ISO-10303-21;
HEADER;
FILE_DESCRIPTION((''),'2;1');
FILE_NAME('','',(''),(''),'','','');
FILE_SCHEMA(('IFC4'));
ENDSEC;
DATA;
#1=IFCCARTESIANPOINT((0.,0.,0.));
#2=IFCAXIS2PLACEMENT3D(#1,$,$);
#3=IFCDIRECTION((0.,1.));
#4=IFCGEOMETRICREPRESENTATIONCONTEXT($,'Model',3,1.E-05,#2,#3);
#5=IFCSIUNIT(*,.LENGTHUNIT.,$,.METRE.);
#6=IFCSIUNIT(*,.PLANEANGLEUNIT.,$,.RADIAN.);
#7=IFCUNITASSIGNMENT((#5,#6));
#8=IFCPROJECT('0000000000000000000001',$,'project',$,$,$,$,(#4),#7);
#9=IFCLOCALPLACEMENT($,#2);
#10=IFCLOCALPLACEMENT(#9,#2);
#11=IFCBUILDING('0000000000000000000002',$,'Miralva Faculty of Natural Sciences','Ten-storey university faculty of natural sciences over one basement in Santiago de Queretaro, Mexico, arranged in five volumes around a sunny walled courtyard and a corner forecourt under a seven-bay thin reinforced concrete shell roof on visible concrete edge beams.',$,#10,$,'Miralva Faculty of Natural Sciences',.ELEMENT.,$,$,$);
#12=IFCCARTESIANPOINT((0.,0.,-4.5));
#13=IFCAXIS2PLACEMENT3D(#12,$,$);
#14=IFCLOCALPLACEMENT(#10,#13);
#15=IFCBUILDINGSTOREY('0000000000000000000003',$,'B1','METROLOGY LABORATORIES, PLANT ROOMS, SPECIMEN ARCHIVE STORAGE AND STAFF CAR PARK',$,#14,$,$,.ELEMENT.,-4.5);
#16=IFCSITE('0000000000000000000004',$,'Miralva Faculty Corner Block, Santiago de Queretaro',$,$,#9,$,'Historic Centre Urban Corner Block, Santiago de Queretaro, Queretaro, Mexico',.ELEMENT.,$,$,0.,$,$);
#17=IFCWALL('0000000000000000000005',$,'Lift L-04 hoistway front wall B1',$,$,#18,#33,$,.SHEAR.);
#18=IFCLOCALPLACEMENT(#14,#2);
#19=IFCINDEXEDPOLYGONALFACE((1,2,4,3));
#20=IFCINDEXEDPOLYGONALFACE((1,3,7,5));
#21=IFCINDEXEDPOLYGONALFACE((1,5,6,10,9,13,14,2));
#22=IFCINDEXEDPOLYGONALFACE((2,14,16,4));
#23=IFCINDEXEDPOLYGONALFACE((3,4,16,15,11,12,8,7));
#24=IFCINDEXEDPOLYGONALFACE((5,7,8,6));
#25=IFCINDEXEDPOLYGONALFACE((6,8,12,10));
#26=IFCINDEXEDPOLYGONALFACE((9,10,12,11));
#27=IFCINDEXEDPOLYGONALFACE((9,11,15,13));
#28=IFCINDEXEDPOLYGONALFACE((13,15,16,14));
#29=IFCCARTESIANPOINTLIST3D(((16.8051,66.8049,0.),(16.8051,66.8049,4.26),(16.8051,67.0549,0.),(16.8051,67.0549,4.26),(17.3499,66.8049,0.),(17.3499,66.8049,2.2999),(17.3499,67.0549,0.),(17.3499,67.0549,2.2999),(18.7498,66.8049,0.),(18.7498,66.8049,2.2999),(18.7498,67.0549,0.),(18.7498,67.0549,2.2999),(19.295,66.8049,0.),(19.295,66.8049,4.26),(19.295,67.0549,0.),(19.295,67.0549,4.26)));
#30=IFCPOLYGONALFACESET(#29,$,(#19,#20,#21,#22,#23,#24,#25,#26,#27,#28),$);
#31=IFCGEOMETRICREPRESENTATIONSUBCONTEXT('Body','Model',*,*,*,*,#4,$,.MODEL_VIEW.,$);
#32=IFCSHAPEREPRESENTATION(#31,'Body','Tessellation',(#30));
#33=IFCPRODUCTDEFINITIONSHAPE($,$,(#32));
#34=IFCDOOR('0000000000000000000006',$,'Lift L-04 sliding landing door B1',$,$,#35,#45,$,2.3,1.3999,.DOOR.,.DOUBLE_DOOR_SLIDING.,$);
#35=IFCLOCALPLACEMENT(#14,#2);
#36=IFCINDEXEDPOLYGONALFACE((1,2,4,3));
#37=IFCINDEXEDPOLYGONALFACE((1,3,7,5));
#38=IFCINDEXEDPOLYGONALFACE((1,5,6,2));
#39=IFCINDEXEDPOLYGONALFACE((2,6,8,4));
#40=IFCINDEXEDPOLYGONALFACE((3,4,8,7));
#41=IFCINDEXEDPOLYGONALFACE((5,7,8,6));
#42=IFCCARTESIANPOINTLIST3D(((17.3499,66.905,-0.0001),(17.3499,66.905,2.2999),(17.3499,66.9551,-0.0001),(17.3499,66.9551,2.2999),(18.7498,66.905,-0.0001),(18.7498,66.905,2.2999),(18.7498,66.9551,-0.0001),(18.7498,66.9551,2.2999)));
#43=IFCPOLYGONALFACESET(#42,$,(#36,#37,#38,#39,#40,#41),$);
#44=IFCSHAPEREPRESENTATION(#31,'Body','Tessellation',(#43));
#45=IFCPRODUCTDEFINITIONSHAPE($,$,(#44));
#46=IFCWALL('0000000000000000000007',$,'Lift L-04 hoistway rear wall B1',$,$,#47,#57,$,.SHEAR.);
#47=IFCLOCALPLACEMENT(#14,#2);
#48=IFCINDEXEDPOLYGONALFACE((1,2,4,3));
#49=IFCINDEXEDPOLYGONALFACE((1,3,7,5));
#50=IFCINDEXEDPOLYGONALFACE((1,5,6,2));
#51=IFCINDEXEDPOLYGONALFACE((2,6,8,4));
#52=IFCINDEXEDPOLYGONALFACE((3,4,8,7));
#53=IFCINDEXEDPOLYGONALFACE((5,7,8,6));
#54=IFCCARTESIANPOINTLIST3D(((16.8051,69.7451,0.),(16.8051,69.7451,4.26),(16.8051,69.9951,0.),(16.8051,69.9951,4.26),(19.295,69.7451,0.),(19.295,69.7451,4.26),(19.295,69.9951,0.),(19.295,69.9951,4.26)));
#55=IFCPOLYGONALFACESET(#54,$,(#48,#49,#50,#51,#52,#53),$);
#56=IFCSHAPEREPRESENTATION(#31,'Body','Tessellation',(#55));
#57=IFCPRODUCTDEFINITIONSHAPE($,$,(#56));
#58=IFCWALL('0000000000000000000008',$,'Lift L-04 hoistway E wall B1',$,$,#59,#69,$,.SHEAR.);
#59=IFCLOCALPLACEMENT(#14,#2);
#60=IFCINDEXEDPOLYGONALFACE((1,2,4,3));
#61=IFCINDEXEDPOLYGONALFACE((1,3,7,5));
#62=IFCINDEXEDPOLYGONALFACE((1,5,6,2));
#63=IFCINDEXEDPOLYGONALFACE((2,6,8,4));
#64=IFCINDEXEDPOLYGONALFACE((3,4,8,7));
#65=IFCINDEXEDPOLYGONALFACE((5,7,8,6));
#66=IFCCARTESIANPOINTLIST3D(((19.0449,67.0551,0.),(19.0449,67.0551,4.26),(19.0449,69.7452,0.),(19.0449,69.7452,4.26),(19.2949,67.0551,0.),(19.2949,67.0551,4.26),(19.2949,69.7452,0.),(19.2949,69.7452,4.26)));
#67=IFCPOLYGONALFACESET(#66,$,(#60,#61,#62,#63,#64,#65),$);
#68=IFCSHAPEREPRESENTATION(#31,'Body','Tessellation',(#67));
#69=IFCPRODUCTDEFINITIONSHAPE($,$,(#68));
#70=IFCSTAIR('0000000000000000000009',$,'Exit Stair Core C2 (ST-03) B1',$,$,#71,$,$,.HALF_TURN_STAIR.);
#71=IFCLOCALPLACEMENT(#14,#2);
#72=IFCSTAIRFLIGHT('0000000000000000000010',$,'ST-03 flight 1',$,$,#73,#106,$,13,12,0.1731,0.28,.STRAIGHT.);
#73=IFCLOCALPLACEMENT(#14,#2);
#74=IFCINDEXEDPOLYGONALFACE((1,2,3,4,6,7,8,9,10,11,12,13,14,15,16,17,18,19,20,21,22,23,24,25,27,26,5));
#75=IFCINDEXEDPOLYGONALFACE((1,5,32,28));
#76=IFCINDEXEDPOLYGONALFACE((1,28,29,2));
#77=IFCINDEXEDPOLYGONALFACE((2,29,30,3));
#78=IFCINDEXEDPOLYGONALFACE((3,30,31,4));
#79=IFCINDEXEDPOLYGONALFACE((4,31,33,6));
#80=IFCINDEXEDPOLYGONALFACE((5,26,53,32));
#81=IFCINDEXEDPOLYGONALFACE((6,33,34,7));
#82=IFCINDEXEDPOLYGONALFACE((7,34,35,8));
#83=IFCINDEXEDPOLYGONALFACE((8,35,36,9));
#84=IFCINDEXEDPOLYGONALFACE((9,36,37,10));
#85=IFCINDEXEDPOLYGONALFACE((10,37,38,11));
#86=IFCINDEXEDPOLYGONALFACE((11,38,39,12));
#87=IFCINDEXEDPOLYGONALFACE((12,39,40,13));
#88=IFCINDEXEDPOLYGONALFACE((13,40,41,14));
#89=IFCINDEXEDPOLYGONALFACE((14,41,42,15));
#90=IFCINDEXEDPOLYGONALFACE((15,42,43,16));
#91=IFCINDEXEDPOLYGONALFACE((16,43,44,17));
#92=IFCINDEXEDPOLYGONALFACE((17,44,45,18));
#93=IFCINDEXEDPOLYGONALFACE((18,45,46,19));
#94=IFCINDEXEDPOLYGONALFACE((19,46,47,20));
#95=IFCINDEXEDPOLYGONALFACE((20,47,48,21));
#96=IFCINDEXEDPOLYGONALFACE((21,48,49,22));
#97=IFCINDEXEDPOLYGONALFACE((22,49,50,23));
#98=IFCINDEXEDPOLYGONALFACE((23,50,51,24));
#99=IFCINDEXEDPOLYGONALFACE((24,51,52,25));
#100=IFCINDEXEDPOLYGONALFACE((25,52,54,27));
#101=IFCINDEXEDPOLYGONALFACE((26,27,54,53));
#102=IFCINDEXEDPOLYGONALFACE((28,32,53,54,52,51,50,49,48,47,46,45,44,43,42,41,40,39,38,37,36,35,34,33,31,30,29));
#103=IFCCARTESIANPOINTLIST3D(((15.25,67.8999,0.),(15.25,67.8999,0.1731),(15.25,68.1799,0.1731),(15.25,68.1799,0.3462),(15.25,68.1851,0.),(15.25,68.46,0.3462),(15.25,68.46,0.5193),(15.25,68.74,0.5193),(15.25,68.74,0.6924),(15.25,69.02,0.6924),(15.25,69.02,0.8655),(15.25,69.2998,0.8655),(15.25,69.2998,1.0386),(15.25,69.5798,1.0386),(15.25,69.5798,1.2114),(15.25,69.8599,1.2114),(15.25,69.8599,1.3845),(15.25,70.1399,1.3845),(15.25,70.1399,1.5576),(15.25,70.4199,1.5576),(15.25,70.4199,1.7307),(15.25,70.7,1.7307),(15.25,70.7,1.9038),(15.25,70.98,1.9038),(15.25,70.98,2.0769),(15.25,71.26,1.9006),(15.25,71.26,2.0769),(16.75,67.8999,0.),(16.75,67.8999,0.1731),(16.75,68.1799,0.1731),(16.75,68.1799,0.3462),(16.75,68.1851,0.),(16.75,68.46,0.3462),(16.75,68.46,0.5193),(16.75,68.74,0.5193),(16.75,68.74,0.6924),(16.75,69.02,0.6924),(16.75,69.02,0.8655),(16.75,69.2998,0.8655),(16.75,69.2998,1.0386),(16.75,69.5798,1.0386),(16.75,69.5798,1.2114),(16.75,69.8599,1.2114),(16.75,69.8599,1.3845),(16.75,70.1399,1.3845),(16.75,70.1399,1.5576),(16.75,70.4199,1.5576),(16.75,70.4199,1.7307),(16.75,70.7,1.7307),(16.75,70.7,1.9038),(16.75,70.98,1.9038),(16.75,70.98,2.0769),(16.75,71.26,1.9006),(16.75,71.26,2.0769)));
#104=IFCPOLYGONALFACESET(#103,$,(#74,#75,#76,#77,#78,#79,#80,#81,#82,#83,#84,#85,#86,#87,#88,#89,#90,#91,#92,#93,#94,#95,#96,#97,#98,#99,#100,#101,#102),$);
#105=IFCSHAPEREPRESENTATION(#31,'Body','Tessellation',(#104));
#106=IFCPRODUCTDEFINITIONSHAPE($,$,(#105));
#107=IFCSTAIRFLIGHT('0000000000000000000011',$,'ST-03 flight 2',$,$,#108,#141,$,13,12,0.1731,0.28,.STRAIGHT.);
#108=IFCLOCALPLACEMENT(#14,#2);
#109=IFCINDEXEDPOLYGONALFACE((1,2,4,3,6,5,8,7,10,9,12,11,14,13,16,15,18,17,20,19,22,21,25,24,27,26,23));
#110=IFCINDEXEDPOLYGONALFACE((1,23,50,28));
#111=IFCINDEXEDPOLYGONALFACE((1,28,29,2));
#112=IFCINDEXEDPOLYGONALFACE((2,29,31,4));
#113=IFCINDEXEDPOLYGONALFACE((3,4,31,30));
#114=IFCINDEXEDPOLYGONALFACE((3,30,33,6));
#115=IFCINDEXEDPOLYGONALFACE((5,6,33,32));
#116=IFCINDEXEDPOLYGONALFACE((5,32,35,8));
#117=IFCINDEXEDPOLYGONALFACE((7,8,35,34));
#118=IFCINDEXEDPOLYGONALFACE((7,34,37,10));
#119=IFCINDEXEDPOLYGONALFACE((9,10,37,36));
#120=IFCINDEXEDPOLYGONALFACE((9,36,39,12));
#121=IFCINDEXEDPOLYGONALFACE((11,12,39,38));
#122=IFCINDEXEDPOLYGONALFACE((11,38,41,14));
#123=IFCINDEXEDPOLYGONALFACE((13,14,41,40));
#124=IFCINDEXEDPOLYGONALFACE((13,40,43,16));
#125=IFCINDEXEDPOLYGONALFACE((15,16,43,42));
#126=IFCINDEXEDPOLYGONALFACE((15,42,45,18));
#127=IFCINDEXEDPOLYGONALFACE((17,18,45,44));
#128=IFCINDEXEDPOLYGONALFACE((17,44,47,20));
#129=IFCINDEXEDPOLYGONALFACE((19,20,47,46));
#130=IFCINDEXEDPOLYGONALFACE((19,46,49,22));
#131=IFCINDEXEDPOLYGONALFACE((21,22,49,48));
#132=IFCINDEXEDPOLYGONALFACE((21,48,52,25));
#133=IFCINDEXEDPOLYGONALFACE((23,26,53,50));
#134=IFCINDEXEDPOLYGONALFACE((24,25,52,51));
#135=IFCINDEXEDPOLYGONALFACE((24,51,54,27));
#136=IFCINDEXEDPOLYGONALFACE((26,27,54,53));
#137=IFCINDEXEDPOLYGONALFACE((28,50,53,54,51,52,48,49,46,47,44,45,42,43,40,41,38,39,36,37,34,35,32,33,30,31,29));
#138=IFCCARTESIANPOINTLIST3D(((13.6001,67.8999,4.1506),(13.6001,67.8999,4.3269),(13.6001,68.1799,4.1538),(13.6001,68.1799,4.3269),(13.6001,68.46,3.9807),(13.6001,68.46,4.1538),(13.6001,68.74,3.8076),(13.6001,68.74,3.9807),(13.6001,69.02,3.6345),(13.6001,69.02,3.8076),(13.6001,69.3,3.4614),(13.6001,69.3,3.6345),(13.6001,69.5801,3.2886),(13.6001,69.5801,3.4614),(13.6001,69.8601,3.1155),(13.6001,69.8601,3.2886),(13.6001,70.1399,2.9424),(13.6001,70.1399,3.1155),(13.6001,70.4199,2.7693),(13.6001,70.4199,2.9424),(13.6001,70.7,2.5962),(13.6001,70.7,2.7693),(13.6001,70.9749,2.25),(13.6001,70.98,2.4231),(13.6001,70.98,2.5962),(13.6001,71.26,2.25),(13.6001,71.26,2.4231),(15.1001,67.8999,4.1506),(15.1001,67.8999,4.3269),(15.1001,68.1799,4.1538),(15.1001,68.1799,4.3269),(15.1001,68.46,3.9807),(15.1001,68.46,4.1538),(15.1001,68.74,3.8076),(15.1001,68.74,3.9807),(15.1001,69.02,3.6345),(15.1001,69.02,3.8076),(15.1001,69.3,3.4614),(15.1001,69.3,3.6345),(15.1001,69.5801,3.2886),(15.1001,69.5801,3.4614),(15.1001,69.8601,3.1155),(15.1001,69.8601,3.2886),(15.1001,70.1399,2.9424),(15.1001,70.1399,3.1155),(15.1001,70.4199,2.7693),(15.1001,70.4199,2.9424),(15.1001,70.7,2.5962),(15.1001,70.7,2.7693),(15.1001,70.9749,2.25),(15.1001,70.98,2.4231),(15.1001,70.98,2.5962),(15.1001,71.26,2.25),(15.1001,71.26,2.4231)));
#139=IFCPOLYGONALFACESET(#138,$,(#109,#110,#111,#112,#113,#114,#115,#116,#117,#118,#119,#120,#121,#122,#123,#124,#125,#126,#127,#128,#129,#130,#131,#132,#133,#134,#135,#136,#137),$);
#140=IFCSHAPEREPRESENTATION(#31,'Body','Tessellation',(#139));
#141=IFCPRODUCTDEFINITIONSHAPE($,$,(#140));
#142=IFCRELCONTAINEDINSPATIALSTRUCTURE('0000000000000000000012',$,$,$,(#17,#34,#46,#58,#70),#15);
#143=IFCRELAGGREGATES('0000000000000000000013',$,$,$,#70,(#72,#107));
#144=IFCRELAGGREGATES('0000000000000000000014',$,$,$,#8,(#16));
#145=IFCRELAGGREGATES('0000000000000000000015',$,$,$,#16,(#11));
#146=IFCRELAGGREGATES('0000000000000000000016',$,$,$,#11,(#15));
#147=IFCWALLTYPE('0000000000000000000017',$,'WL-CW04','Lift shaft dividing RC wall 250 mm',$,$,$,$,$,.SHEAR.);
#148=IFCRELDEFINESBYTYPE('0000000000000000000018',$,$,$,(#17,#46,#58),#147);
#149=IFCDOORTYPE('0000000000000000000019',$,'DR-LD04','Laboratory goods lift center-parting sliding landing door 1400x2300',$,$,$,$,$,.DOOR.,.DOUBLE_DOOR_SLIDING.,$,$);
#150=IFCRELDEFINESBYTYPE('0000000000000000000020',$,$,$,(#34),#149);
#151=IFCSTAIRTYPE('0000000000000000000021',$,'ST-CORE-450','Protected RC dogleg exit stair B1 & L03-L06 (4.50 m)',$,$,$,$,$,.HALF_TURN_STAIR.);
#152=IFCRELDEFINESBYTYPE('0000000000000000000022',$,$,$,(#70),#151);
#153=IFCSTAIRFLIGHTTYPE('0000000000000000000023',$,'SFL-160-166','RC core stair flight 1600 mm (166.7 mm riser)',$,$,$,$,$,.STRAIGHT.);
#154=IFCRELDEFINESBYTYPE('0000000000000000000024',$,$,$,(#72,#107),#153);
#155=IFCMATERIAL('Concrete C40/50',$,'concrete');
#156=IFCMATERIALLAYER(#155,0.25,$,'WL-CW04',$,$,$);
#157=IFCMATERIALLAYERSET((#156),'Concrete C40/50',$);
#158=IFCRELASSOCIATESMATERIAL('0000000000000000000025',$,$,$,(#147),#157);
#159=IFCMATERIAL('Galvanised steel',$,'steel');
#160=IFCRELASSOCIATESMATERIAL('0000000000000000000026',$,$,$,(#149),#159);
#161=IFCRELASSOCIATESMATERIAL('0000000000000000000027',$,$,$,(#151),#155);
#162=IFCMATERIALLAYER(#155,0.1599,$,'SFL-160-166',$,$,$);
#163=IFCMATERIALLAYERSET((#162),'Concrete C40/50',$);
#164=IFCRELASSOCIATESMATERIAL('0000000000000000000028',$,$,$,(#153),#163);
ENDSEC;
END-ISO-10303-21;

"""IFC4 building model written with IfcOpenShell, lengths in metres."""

from ifc_helpers import new_model, si_unit, direction, frame, frame_2d, origin, place, context, subcontext, project, spatial, polyline, rectangle, outline, extrude, material, layer, layer_set, type_object, element, fill, aggregate, save


model = new_model("IFC4")

# Units and contexts
model_context = context("Model", 3, precision=1e-05, world=origin(), true_north=direction((0.0, 1.0)))
body_context = subcontext(model_context, "Body", "Model", "MODEL_VIEW")
ifc_project = project(units=[si_unit("LENGTHUNIT", "METRE"), si_unit("PLANEANGLEUNIT", "RADIAN")], contexts=[model_context])

# Site, building, storey
site_placement = place(None, origin())
site = spatial("IfcSite", under=ifc_project, at=site_placement, Name="Miralva Faculty Corner Block, Santiago de Queretaro", LongName="Historic Centre Urban Corner Block, Santiago de Queretaro, Queretaro, Mexico", CompositionType="ELEMENT", RefElevation=0.0)
building_placement = place(site_placement, origin())
building = spatial("IfcBuilding", under=site, at=building_placement, Name="Miralva Faculty of Natural Sciences", Description="Ten-storey university faculty of natural sciences over one basement in Santiago de Queretaro, Mexico, arranged in five volumes around a sunny walled courtyard and a corner forecourt under a seven-bay thin reinforced concrete shell roof on visible concrete edge beams.", LongName="Miralva Faculty of Natural Sciences", CompositionType="ELEMENT")
storey_placement = place(building_placement, frame((0.0, 0.0, -4.5)))
storey = spatial("IfcBuildingStorey", under=building, at=storey_placement, Name="B1", Description="METROLOGY LABORATORIES, PLANT ROOMS, SPECIMEN ARCHIVE STORAGE AND STAFF CAR PARK", CompositionType="ELEMENT", Elevation=-4.5)

# Shared definitions
ifc_material_1 = material(Name="Concrete C40/50", Category="concrete")

# Wall, opening, door
ifc_layer_1 = layer(ifc_material_1, 0.25, Name="WL-CW04")
ifc_layer_set_1 = layer_set([ifc_layer_1], Name="Concrete C40/50")
wall_type = type_object("IfcWallType", Name="WL-CW04", Description="Lift shaft dividing RC wall 250 mm", PredefinedType="SHEAR", material=ifc_layer_set_1)
wall_1_placement = place(storey_placement, frame((16.8049, 66.9299, 0.0), z_axis=(0.0, 0.0, 1.0), x_axis=(1.0, 0.0, 0.0)))
wall_1 = element("IfcWall", 1, at=wall_1_placement, inside=storey, type_object=wall_type, Name="Lift L-04 hoistway front wall B1", PredefinedType="SHEAR", context=body_context, shape_type="SweptSolid", body=[
    extrude(rectangle(XDim=2.49, YDim=0.25, at=frame_2d((1.2451, 0.0))), origin(), (0.0, 0.0, 1.0), 4.26),
])
opening_placement = place(wall_1_placement, frame((0.5449, 0.0, 0.0)))
opening = element("IfcOpeningElement", 2, at=opening_placement, cuts=wall_1, PredefinedType="OPENING", context=body_context, shape_type="SweptSolid", body=[
    extrude(rectangle(XDim=1.3999, YDim=2.3, at=frame_2d((0.7, 1.1499))), frame((0.0, 0.135, 0.0), z_axis=(0.0, -1.0, 0.0), x_axis=(1.0, 0.0, 0.0)), (0.0, 0.0, 1.0), 0.27),
])
ifc_material_2 = material(Name="Galvanised steel", Category="steel")
door_type = type_object("IfcDoorType", Name="DR-LD04", Description="Laboratory goods lift center-parting sliding landing door 1400x2300", OperationType="DOUBLE_DOOR_SLIDING", PredefinedType="DOOR", material=ifc_material_2)
door_placement = place(opening_placement, frame((1.3999, 0.0, 0.0), z_axis=(0.0, 0.0, 1.0), x_axis=(-1.0, 0.0, 0.0)))
door = element("IfcDoor", 3, at=door_placement, inside=storey, type_object=door_type, Name="Lift L-04 sliding landing door B1", OperationType="DOUBLE_DOOR_SLIDING", OverallHeight=2.3, OverallWidth=1.3999, PredefinedType="DOOR", context=body_context, shape_type="SweptSolid", body=[
    extrude(rectangle(XDim=1.3999, YDim=2.3, at=frame_2d((0.7, 1.1499))), frame((0.0, 0.0249, 0.0), z_axis=(0.0, -1.0, 0.0), x_axis=(1.0, 0.0, 0.0)), (0.0, 0.0, 1.0), 0.05),
])
fill(opening, door)

# Walls
wall_2_placement = place(storey_placement, frame((16.8049, 69.8701, 0.0), z_axis=(0.0, 0.0, 1.0), x_axis=(1.0, 0.0, 0.0)))
element("IfcWall", 4, at=wall_2_placement, inside=storey, type_object=wall_type, Name="Lift L-04 hoistway rear wall B1", PredefinedType="SHEAR", context=body_context, shape_type="SweptSolid", body=[
    extrude(rectangle(XDim=2.49, YDim=0.25, at=frame_2d((1.2451, 0.0))), origin(), (0.0, 0.0, 1.0), 4.26),
])
wall_3_placement = place(storey_placement, frame((19.1699, 67.0549, 0.0), z_axis=(0.0, 0.0, 1.0), x_axis=(0.0, 1.0, 0.0)))
element("IfcWall", 5, at=wall_3_placement, inside=storey, type_object=wall_type, Name="Lift L-04 hoistway E wall B1", PredefinedType="SHEAR", context=body_context, shape_type="SweptSolid", body=[
    extrude(rectangle(XDim=2.6902, YDim=0.25, at=frame_2d((1.3452, 0.0))), origin(), (0.0, 0.0, 1.0), 4.26),
])

# Stair, stair flights
stair_type = type_object("IfcStairType", Name="ST-CORE-450", Description="Protected RC dogleg exit stair B1 & L03-L06 (4.50 m)", PredefinedType="HALF_TURN_STAIR", material=ifc_material_1)
stair_placement = place(storey_placement, origin())
stair = element("IfcStair", 6, at=stair_placement, inside=storey, type_object=stair_type, Name="Exit Stair Core C2 (ST-03) B1", PredefinedType="HALF_TURN_STAIR")
ifc_layer_2 = layer(ifc_material_1, 0.1599, Name="SFL-160-166")
ifc_layer_set_2 = layer_set([ifc_layer_2], Name="Concrete C40/50")
stair_flight_type = type_object("IfcStairFlightType", Name="SFL-160-166", Description="RC core stair flight 1600 mm (166.7 mm riser)", PredefinedType="STRAIGHT", material=ifc_layer_set_2)
stair_flight_1_placement = place(storey_placement, frame((16.0, 67.8999, 0.0), z_axis=(0.0, 0.0, 1.0), x_axis=(0.0, 1.0, 0.0)))
stair_flight_1 = element("IfcStairFlight", 7, at=stair_flight_1_placement, type_object=stair_flight_type, Name="ST-03 flight 1", NumberOfRisers=13, NumberOfTreads=12, PredefinedType="STRAIGHT", RiserHeight=0.1731, TreadLength=0.28, context=body_context, shape_type="SweptSolid", body=[
    extrude(outline(polyline([(0.0, 0.0), (0.0, 0.1731), (0.28, 0.1731), (0.28, 0.3462), (0.5601, 0.3462), (0.5601, 0.5193), (0.8401, 0.5193), (0.8401, 0.6924), (1.1201, 0.6924), (1.1201, 0.8655), (1.3999, 0.8655), (1.3999, 1.0386), (1.6799, 1.0386), (1.6799, 1.2114), (1.96, 1.2114), (1.96, 1.3845), (2.24, 1.3845), (2.24, 1.5576), (2.52, 1.5576), (2.52, 1.7307), (2.8, 1.7307), (2.8, 1.9038), (3.0801, 1.9038), (3.0801, 2.0769), (3.3601, 2.0769), (3.3601, 2.25), (3.3601, 1.9006), (0.2852, 0.0), (0.0, 0.0)])), frame((0.0, 0.75, 0.0), z_axis=(0.0, -1.0, 0.0), x_axis=(1.0, 0.0, 0.0)), (0.0, 0.0, 1.0), 1.5),
])
stair_flight_2_placement = place(storey_placement, frame((14.3501, 71.26, 2.25), z_axis=(0.0, 0.0, 1.0), x_axis=(0.0, -1.0, 0.0)))
stair_flight_2 = element("IfcStairFlight", 8, at=stair_flight_2_placement, type_object=stair_flight_type, Name="ST-03 flight 2", NumberOfRisers=13, NumberOfTreads=12, PredefinedType="STRAIGHT", RiserHeight=0.1731, TreadLength=0.28, context=body_context, shape_type="SweptSolid", body=[
    extrude(outline(polyline([(0.0, 0.0), (0.0, 0.1731), (0.28, 0.1731), (0.28, 0.3462), (0.5601, 0.3462), (0.5601, 0.5193), (0.8401, 0.5193), (0.8401, 0.6924), (1.1201, 0.6924), (1.1201, 0.8655), (1.3999, 0.8655), (1.3999, 1.0386), (1.6799, 1.0386), (1.6799, 1.2114), (1.96, 1.2114), (1.96, 1.3845), (2.24, 1.3845), (2.24, 1.5576), (2.52, 1.5576), (2.52, 1.7307), (2.8, 1.7307), (2.8, 1.9038), (3.0801, 1.9038), (3.0801, 2.0769), (3.3601, 2.0769), (3.3601, 2.25), (3.3601, 1.9006), (0.2852, 0.0), (0.0, 0.0)])), frame((0.0, 0.75, 0.0), z_axis=(0.0, -1.0, 0.0), x_axis=(1.0, 0.0, 0.0)), (0.0, 0.0, 1.0), 1.5),
])
aggregate(stair, [stair_flight_1, stair_flight_2])

save(model, "model.ifc")
